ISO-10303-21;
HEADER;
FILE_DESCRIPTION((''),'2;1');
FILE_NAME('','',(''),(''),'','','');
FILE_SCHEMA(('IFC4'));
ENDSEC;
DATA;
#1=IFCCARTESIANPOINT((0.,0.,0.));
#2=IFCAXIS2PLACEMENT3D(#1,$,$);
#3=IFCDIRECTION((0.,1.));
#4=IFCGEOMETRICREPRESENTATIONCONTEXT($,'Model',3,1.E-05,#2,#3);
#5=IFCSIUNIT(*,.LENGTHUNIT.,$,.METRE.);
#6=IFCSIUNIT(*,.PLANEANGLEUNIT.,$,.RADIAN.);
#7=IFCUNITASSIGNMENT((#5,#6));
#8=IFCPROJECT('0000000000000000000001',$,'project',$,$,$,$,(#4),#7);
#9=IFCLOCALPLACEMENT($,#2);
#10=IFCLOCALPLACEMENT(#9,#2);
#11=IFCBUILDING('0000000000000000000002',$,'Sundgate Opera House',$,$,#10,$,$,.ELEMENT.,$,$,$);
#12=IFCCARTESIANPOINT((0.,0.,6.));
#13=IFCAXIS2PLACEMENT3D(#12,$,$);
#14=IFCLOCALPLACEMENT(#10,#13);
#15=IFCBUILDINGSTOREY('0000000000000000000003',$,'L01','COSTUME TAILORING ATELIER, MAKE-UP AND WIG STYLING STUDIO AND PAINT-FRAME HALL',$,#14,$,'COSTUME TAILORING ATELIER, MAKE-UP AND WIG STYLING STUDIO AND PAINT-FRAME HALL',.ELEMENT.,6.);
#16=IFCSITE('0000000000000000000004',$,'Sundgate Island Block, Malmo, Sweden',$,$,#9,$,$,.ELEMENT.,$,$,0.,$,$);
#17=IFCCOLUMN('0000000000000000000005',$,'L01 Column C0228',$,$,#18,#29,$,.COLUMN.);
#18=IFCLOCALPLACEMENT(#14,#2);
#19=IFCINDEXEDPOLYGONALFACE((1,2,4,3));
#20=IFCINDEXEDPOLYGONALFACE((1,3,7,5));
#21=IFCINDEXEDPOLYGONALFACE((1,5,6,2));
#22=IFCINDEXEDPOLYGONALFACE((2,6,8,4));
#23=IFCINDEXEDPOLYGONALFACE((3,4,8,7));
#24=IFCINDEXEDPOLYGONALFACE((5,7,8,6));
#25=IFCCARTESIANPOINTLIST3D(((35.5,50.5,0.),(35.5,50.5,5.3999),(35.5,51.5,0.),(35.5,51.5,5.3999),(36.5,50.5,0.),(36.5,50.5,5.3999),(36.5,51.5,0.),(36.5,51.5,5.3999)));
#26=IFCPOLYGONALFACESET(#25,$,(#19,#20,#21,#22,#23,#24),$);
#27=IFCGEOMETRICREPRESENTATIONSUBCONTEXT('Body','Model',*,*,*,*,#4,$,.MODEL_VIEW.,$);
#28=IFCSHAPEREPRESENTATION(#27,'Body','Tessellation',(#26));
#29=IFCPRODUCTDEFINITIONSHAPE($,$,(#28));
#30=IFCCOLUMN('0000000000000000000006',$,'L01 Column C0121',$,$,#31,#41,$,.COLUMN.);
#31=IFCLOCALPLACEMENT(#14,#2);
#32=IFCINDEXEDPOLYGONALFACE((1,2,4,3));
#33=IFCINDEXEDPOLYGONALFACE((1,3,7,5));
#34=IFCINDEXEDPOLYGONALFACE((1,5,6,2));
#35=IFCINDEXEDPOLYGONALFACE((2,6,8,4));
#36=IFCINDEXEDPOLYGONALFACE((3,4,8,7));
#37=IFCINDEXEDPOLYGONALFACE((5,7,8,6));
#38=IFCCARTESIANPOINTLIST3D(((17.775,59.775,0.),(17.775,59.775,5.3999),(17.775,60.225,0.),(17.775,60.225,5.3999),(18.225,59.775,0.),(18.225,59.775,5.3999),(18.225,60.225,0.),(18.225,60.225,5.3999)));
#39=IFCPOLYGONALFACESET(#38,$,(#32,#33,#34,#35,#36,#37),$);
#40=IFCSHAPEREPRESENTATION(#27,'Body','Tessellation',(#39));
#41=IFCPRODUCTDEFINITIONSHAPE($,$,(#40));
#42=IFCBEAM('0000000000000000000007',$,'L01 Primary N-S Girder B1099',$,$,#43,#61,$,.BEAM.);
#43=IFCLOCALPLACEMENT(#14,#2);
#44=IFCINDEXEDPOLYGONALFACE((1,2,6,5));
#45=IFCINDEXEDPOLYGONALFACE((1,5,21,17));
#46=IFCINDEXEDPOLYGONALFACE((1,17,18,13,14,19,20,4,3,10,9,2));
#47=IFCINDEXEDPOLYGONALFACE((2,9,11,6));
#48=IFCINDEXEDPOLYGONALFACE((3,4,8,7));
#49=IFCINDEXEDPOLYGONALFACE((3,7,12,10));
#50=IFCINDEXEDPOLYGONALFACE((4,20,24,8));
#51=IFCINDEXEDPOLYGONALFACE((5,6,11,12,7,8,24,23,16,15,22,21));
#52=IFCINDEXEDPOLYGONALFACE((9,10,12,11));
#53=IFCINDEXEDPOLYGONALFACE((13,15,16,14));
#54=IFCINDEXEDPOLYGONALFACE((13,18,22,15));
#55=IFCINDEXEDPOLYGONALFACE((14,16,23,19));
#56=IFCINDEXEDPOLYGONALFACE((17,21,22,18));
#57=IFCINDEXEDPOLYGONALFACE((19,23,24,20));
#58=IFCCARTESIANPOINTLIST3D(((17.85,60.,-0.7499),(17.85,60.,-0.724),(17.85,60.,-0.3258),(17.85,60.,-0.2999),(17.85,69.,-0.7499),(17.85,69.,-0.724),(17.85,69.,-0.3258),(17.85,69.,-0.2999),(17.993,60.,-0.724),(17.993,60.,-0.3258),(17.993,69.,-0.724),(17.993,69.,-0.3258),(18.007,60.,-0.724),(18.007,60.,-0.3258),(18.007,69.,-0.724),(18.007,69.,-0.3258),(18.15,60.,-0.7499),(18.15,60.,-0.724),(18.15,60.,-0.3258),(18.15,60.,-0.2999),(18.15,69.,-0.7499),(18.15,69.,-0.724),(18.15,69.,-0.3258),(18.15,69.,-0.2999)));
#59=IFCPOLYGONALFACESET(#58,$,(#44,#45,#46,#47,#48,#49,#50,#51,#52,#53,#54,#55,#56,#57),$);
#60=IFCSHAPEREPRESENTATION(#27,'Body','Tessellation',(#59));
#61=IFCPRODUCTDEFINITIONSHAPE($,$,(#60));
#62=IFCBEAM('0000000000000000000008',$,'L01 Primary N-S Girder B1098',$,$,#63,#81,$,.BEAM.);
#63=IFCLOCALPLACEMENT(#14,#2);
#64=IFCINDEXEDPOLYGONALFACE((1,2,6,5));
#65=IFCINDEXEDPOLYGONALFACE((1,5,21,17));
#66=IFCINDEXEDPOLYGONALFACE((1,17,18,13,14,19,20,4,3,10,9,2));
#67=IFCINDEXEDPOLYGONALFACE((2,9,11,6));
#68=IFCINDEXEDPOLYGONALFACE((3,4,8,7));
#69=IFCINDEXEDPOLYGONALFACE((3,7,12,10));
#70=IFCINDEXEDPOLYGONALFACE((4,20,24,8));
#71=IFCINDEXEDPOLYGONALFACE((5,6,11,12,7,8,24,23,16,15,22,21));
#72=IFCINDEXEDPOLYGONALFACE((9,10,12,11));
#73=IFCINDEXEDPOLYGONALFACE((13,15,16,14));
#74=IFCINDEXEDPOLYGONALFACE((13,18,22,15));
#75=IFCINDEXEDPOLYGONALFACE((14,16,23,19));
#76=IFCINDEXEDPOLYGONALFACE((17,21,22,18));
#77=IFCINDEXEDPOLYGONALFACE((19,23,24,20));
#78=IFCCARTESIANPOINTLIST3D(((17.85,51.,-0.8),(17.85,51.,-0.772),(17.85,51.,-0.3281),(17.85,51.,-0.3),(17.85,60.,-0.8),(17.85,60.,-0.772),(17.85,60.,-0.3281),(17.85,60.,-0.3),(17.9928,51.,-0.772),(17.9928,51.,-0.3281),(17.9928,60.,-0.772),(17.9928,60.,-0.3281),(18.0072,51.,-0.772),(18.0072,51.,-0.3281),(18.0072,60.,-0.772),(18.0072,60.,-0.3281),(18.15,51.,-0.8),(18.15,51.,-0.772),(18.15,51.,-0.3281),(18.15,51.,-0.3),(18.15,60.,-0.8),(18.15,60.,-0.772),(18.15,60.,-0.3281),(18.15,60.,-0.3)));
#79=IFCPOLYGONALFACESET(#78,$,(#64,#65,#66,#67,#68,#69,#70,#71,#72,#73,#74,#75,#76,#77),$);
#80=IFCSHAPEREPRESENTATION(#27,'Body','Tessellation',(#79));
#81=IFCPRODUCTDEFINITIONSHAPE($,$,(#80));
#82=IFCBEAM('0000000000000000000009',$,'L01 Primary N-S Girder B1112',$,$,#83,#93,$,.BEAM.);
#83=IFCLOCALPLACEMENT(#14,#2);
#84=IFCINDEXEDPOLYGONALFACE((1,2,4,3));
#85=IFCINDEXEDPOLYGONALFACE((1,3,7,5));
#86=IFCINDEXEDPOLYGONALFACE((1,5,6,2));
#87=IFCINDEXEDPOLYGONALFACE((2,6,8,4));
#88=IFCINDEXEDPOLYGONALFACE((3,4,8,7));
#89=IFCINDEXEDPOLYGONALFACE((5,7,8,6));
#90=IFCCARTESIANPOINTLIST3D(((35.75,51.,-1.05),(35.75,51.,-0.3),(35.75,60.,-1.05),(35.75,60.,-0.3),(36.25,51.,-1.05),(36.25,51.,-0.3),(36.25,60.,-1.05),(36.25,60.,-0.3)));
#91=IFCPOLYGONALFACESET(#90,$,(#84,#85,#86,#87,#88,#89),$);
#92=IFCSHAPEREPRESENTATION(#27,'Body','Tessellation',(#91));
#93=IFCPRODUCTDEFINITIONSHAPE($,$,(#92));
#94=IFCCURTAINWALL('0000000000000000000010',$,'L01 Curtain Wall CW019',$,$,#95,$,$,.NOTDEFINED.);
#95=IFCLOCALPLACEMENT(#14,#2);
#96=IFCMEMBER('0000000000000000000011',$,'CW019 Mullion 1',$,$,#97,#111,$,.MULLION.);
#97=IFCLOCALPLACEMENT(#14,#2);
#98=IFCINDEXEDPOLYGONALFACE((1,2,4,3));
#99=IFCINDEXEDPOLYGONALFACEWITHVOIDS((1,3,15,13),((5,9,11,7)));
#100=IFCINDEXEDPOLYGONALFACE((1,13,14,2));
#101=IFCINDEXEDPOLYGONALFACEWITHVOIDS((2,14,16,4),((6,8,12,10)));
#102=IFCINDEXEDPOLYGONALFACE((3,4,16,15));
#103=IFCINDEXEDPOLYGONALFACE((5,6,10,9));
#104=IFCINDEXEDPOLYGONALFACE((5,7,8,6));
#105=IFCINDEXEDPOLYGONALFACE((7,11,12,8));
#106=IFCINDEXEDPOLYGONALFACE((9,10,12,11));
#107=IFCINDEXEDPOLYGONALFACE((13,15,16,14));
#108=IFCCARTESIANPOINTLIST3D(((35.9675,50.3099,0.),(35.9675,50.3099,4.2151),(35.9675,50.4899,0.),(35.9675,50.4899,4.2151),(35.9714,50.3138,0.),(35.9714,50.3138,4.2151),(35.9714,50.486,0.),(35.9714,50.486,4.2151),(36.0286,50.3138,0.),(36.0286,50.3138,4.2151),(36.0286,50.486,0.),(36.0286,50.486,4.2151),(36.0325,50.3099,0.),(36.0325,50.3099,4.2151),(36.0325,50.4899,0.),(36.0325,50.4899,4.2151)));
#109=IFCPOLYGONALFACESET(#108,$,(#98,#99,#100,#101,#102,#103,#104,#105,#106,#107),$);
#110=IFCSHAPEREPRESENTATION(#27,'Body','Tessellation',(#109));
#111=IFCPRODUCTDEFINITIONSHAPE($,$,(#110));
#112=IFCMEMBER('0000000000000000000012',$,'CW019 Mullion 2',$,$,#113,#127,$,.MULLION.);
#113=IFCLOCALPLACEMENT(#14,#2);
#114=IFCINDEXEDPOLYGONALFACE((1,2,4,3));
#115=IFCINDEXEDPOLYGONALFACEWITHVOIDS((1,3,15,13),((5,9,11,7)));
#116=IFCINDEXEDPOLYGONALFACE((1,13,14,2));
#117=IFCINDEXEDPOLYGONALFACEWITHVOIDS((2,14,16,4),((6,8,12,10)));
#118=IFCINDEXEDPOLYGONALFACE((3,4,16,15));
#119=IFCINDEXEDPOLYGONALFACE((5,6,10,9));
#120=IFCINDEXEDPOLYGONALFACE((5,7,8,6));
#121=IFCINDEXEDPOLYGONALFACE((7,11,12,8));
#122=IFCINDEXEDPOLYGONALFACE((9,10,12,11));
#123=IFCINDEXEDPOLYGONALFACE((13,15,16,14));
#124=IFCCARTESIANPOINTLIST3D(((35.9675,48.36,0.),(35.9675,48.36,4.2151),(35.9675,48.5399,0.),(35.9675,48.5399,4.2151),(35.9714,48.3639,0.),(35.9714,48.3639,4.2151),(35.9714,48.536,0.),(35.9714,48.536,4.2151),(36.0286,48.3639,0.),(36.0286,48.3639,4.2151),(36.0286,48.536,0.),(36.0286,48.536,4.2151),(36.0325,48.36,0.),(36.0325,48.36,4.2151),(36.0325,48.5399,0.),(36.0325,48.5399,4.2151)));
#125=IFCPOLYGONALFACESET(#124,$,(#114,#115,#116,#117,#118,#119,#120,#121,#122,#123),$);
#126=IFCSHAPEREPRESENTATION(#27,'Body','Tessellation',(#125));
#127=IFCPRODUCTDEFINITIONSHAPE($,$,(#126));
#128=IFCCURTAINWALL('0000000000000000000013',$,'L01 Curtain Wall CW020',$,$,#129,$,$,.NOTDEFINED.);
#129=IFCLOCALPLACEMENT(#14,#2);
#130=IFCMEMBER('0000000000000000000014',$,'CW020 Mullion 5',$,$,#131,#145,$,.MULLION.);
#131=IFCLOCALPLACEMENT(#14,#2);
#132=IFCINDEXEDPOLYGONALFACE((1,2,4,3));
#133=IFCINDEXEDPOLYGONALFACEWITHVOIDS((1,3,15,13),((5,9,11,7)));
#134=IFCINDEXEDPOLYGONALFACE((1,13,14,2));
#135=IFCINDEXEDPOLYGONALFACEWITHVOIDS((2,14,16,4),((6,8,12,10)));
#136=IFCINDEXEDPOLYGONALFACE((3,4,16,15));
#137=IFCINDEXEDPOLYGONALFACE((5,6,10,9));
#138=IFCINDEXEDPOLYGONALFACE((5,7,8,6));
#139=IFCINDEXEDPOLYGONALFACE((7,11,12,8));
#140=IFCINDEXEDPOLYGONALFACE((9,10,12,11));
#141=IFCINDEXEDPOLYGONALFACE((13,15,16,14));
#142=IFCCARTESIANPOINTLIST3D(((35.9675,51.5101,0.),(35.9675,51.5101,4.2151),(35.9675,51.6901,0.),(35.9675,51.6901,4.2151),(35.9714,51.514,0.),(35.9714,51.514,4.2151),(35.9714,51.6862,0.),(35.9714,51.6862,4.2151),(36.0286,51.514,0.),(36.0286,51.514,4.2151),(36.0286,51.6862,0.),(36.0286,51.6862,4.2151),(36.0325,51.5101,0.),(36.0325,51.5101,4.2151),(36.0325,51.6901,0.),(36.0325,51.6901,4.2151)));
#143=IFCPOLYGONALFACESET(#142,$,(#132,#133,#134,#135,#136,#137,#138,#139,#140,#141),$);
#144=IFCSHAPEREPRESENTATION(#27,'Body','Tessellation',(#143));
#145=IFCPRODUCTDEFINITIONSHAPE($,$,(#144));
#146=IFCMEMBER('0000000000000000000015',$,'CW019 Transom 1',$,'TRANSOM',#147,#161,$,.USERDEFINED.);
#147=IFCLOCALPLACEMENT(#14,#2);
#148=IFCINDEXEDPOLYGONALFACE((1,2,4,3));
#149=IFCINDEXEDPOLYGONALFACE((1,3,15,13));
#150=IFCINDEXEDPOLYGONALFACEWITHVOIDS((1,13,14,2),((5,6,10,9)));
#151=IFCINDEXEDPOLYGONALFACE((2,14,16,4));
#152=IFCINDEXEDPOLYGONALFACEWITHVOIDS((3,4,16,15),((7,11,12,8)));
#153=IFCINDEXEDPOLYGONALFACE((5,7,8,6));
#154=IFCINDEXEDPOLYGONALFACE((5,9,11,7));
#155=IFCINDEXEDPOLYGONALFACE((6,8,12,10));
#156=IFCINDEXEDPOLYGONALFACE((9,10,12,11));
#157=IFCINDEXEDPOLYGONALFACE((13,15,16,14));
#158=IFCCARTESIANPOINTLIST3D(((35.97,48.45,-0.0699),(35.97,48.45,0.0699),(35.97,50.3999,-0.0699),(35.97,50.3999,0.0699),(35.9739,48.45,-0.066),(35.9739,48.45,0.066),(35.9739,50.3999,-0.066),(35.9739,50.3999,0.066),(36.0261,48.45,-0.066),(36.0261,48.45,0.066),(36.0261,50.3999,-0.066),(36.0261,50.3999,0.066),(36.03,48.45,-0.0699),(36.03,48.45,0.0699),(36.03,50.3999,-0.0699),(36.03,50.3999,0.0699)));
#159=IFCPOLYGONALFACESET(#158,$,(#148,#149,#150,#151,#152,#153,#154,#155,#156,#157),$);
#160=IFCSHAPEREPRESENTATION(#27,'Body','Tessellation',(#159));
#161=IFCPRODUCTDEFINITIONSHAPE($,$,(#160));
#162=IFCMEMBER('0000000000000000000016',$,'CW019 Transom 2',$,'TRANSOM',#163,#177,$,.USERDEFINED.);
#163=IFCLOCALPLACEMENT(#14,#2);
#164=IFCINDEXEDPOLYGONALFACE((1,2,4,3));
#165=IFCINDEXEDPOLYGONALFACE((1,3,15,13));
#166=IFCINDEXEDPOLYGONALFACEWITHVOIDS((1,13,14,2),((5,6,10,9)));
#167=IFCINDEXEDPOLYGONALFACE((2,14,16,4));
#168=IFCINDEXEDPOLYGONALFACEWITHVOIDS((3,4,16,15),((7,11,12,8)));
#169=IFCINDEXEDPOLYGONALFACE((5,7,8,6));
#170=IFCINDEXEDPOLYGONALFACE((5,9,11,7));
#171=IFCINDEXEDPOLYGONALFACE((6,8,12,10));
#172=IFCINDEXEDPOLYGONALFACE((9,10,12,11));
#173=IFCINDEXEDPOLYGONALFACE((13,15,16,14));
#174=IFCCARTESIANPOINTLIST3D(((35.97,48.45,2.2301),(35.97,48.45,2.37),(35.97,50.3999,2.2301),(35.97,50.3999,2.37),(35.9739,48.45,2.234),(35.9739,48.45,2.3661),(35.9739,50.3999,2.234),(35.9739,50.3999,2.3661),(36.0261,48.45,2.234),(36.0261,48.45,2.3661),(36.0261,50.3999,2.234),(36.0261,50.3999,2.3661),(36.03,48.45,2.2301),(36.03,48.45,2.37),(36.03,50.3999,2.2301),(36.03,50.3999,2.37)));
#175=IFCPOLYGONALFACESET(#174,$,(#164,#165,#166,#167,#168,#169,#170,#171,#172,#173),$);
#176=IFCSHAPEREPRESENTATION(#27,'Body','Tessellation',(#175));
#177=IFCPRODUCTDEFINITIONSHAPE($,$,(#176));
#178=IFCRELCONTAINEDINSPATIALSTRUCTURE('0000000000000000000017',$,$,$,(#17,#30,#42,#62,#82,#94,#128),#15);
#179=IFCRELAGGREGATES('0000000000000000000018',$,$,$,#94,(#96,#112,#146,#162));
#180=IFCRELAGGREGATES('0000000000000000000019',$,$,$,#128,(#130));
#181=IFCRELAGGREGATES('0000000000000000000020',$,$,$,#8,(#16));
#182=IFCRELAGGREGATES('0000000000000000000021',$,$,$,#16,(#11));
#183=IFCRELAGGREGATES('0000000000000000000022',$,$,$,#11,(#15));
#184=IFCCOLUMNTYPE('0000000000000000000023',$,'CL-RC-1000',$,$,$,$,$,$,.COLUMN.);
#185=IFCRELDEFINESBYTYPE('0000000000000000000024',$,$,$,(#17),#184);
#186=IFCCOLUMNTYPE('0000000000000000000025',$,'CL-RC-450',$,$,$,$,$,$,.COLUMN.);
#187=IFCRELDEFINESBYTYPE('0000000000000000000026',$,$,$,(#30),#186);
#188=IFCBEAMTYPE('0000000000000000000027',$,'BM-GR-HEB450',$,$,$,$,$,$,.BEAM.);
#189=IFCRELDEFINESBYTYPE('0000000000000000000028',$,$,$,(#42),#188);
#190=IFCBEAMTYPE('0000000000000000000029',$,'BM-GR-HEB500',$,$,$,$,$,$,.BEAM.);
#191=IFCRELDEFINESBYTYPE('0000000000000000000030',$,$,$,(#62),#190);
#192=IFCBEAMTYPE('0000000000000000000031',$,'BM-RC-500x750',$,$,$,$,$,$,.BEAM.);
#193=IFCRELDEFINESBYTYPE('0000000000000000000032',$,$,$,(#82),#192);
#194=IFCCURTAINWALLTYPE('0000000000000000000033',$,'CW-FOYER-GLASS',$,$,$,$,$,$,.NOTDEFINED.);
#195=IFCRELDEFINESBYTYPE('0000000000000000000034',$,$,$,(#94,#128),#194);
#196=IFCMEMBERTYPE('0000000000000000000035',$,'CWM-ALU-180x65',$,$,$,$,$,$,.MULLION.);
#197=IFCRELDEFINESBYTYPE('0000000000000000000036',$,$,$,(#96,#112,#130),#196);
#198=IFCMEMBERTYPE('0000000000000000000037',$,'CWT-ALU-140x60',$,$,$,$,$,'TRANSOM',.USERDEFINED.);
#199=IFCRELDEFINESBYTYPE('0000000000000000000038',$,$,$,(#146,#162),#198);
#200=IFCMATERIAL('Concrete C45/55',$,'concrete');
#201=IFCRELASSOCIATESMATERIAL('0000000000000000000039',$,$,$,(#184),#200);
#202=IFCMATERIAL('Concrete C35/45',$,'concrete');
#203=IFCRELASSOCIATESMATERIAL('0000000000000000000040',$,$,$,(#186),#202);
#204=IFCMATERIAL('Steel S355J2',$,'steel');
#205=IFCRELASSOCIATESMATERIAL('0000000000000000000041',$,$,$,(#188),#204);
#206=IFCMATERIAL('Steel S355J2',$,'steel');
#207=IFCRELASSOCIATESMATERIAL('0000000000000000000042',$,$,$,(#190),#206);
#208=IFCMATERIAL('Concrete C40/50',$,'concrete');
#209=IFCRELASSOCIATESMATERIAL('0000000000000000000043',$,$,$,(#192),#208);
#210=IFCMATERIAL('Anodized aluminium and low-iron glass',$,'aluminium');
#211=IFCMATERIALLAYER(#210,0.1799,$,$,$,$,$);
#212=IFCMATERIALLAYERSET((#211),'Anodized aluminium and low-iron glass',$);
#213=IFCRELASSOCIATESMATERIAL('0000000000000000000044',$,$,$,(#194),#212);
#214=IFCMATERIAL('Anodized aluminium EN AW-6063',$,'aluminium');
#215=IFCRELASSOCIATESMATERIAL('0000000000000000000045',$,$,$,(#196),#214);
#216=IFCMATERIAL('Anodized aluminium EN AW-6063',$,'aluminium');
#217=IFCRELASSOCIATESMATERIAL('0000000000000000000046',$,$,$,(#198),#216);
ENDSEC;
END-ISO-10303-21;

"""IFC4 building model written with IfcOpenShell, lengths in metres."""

from ifc_helpers import new_model, si_unit, direction, frame, origin, origin_2d, place, context, subcontext, project, spatial, rectangle, hollow_rectangle, i_section, extrude, material, layer, layer_set, material_profile, profile_set, type_object, element, aggregate, save


model = new_model("IFC4")

# Units and contexts
model_context = context("Model", 3, precision=1e-05, world=origin(), true_north=direction((0.0, 1.0)))
body_context = subcontext(model_context, "Body", "Model", "MODEL_VIEW")
ifc_project = project(units=[si_unit("LENGTHUNIT", "METRE"), si_unit("PLANEANGLEUNIT", "RADIAN")], contexts=[model_context])

# Site, building, storey
site_placement = place(None, origin())
site = spatial("IfcSite", under=ifc_project, at=site_placement, Name="Sundgate Island Block, Malmo, Sweden", CompositionType="ELEMENT", RefElevation=0.0)
building_placement = place(site_placement, origin())
building = spatial("IfcBuilding", under=site, at=building_placement, Name="Sundgate Opera House", CompositionType="ELEMENT")
storey_placement = place(building_placement, frame((0.0, 0.0, 6.0)))
storey = spatial("IfcBuildingStorey", under=building, at=storey_placement, Name="L01", Description="COSTUME TAILORING ATELIER, MAKE-UP AND WIG STYLING STUDIO AND PAINT-FRAME HALL", LongName="COSTUME TAILORING ATELIER, MAKE-UP AND WIG STYLING STUDIO AND PAINT-FRAME HALL", CompositionType="ELEMENT", Elevation=6.0)

# Columns
ifc_material_1 = material(Name="Concrete C45/55", Category="concrete")
ifc_material_profile_1 = material_profile(ifc_material_1, rectangle(XDim=1.0, YDim=1.0, at=origin_2d()), Name="RC 1000x1000")
ifc_profile_set_1 = profile_set([ifc_material_profile_1], Name="Concrete C45/55")
column_type_1 = type_object("IfcColumnType", Name="CL-RC-1000", PredefinedType="COLUMN", material=ifc_profile_set_1)
column_1_placement = place(storey_placement, frame((36.0, 51.0, 0.0), z_axis=(0.0, 0.0, 1.0), x_axis=(1.0, 0.0, 0.0)))
element("IfcColumn", 1, at=column_1_placement, inside=storey, type_object=column_type_1, Name="L01 Column C0228", PredefinedType="COLUMN", context=body_context, shape_type="SweptSolid", body=[
    extrude(rectangle(XDim=1.0, YDim=1.0, at=origin_2d()), origin(), (0.0, 0.0, 1.0), 5.3999),
])
ifc_material_2 = material(Name="Concrete C35/45", Category="concrete")
ifc_material_profile_2 = material_profile(ifc_material_2, rectangle(XDim=0.45, YDim=0.45, at=origin_2d()), Name="RC 450x450")
ifc_profile_set_2 = profile_set([ifc_material_profile_2], Name="Concrete C35/45")
column_type_2 = type_object("IfcColumnType", Name="CL-RC-450", PredefinedType="COLUMN", material=ifc_profile_set_2)
column_2_placement = place(storey_placement, frame((18.0, 60.0, 0.0), z_axis=(0.0, 0.0, 1.0), x_axis=(1.0, 0.0, 0.0)))
element("IfcColumn", 2, at=column_2_placement, inside=storey, type_object=column_type_2, Name="L01 Column C0121", PredefinedType="COLUMN", context=body_context, shape_type="SweptSolid", body=[
    extrude(rectangle(XDim=0.45, YDim=0.45, at=origin_2d()), origin(), (0.0, 0.0, 1.0), 5.3999),
])

# Beams
ifc_material_3 = material(Name="Steel S355J2", Category="steel")
ifc_material_profile_3 = material_profile(ifc_material_3, i_section(OverallWidth=0.3, OverallDepth=0.45, WebThickness=0.0139, FlangeThickness=0.0259, at=origin_2d()), Name="HEB 450")
ifc_profile_set_3 = profile_set([ifc_material_profile_3], Name="Steel S355J2")
beam_type_1 = type_object("IfcBeamType", Name="BM-GR-HEB450", PredefinedType="BEAM", material=ifc_profile_set_3)
beam_1_placement = place(storey_placement, frame((18.0, 60.0, -0.5249), z_axis=(0.0, 1.0, 0.0), x_axis=(-1.0, 0.0, 0.0)))
element("IfcBeam", 3, at=beam_1_placement, inside=storey, type_object=beam_type_1, Name="L01 Primary N-S Girder B1099", PredefinedType="BEAM", context=body_context, shape_type="SweptSolid", body=[
    extrude(i_section(OverallWidth=0.3, OverallDepth=0.45, WebThickness=0.0139, FlangeThickness=0.0259, at=origin_2d()), origin(), (0.0, 0.0, 1.0), 9.0),
])
ifc_material_4 = material(Name="Steel S355J2", Category="steel")
ifc_material_profile_4 = material_profile(ifc_material_4, i_section(OverallWidth=0.3, OverallDepth=0.5, WebThickness=0.0144, FlangeThickness=0.0281, at=origin_2d()), Name="HEB 500")
ifc_profile_set_4 = profile_set([ifc_material_profile_4], Name="Steel S355J2")
beam_type_2 = type_object("IfcBeamType", Name="BM-GR-HEB500", PredefinedType="BEAM", material=ifc_profile_set_4)
beam_2_placement = place(storey_placement, frame((18.0, 51.0, -0.55), z_axis=(0.0, 1.0, 0.0), x_axis=(-1.0, 0.0, 0.0)))
element("IfcBeam", 4, at=beam_2_placement, inside=storey, type_object=beam_type_2, Name="L01 Primary N-S Girder B1098", PredefinedType="BEAM", context=body_context, shape_type="SweptSolid", body=[
    extrude(i_section(OverallWidth=0.3, OverallDepth=0.5, WebThickness=0.0144, FlangeThickness=0.0281, at=origin_2d()), origin(), (0.0, 0.0, 1.0), 9.0),
])
ifc_material_5 = material(Name="Concrete C40/50", Category="concrete")
ifc_material_profile_5 = material_profile(ifc_material_5, rectangle(XDim=0.5, YDim=0.75, at=origin_2d()), Name="RC 500x750")
ifc_profile_set_5 = profile_set([ifc_material_profile_5], Name="Concrete C40/50")
beam_type_3 = type_object("IfcBeamType", Name="BM-RC-500x750", PredefinedType="BEAM", material=ifc_profile_set_5)
beam_3_placement = place(storey_placement, frame((36.0, 51.0, -0.675), z_axis=(0.0, 1.0, 0.0), x_axis=(-1.0, 0.0, 0.0)))
element("IfcBeam", 5, at=beam_3_placement, inside=storey, type_object=beam_type_3, Name="L01 Primary N-S Girder B1112", PredefinedType="BEAM", context=body_context, shape_type="SweptSolid", body=[
    extrude(rectangle(XDim=0.5, YDim=0.75, at=origin_2d()), origin(), (0.0, 0.0, 1.0), 9.0),
])

# Curtain wall, members
ifc_material_6 = material(Name="Anodized aluminium and low-iron glass", Category="aluminium")
ifc_layer_1 = layer(ifc_material_6, 0.1799)
ifc_layer_set_1 = layer_set([ifc_layer_1], Name="Anodized aluminium and low-iron glass")
curtain_wall_type = type_object("IfcCurtainWallType", Name="CW-FOYER-GLASS", PredefinedType="NOTDEFINED", material=ifc_layer_set_1)
curtain_wall_1_placement = place(storey_placement, origin())
curtain_wall_1 = element("IfcCurtainWall", 6, at=curtain_wall_1_placement, inside=storey, type_object=curtain_wall_type, Name="L01 Curtain Wall CW019", PredefinedType="NOTDEFINED")
ifc_material_7 = material(Name="Anodized aluminium EN AW-6063", Category="aluminium")
ifc_material_profile_6 = material_profile(ifc_material_7, hollow_rectangle(XDim=0.0649, YDim=0.1799, WallThickness=0.0039, at=origin_2d()), Name="CWM 180x65x4")
ifc_profile_set_6 = profile_set([ifc_material_profile_6], Name="Anodized aluminium EN AW-6063")
member_type_1 = type_object("IfcMemberType", Name="CWM-ALU-180x65", PredefinedType="MULLION", material=ifc_profile_set_6)
member_1_placement = place(storey_placement, frame((36.0, 50.3999, 0.0), z_axis=(0.0, 0.0, 1.0), x_axis=(1.0, 0.0, 0.0)))
member_1 = element("IfcMember", 7, at=member_1_placement, type_object=member_type_1, Name="CW019 Mullion 1", PredefinedType="MULLION", context=body_context, shape_type="SweptSolid", body=[
    extrude(hollow_rectangle(XDim=0.0649, YDim=0.1799, WallThickness=0.0039, at=origin_2d()), origin(), (0.0, 0.0, 1.0), 4.2151),
])
member_2_placement = place(storey_placement, frame((36.0, 48.45, 0.0), z_axis=(0.0, 0.0, 1.0), x_axis=(1.0, 0.0, 0.0)))
member_2 = element("IfcMember", 8, at=member_2_placement, type_object=member_type_1, Name="CW019 Mullion 2", PredefinedType="MULLION", context=body_context, shape_type="SweptSolid", body=[
    extrude(hollow_rectangle(XDim=0.0649, YDim=0.1799, WallThickness=0.0039, at=origin_2d()), origin(), (0.0, 0.0, 1.0), 4.2151),
])

# Curtain wall, member
curtain_wall_2_placement = place(storey_placement, origin())
curtain_wall_2 = element("IfcCurtainWall", 9, at=curtain_wall_2_placement, inside=storey, type_object=curtain_wall_type, Name="L01 Curtain Wall CW020", PredefinedType="NOTDEFINED")
member_3_placement = place(storey_placement, frame((36.0, 51.6001, 0.0), z_axis=(0.0, 0.0, 1.0), x_axis=(1.0, 0.0, 0.0)))
member_3 = element("IfcMember", 10, at=member_3_placement, type_object=member_type_1, Name="CW020 Mullion 5", PredefinedType="MULLION", context=body_context, shape_type="SweptSolid", body=[
    extrude(hollow_rectangle(XDim=0.0649, YDim=0.1799, WallThickness=0.0039, at=origin_2d()), origin(), (0.0, 0.0, 1.0), 4.2151),
])

# Members
ifc_material_8 = material(Name="Anodized aluminium EN AW-6063", Category="aluminium")
ifc_material_profile_7 = material_profile(ifc_material_8, hollow_rectangle(XDim=0.0601, YDim=0.1399, WallThickness=0.0039, at=origin_2d()), Name="CWT 140x60x4")
ifc_profile_set_7 = profile_set([ifc_material_profile_7], Name="Anodized aluminium EN AW-6063")
member_type_2 = type_object("IfcMemberType", Name="CWT-ALU-140x60", ElementType="TRANSOM", PredefinedType="USERDEFINED", material=ifc_profile_set_7)
member_4_placement = place(storey_placement, frame((36.0, 50.3999, 0.0), z_axis=(0.0, -1.0, 0.0), x_axis=(1.0, 0.0, 0.0)))
member_4 = element("IfcMember", 11, at=member_4_placement, type_object=member_type_2, Name="CW019 Transom 1", ObjectType="TRANSOM", PredefinedType="USERDEFINED", context=body_context, shape_type="SweptSolid", body=[
    extrude(hollow_rectangle(XDim=0.0601, YDim=0.1399, WallThickness=0.0039, at=origin_2d()), origin(), (0.0, 0.0, 1.0), 1.95),
])
member_5_placement = place(storey_placement, frame((36.0, 50.3999, 2.3), z_axis=(0.0, -1.0, 0.0), x_axis=(1.0, 0.0, 0.0)))
member_5 = element("IfcMember", 12, at=member_5_placement, type_object=member_type_2, Name="CW019 Transom 2", ObjectType="TRANSOM", PredefinedType="USERDEFINED", context=body_context, shape_type="SweptSolid", body=[
    extrude(hollow_rectangle(XDim=0.0601, YDim=0.1399, WallThickness=0.0039, at=origin_2d()), origin(), (0.0, 0.0, 1.0), 1.95),
])

aggregate(curtain_wall_1, [member_1, member_2, member_4, member_5])
aggregate(curtain_wall_2, [member_3])

save(model, "model.ifc")
